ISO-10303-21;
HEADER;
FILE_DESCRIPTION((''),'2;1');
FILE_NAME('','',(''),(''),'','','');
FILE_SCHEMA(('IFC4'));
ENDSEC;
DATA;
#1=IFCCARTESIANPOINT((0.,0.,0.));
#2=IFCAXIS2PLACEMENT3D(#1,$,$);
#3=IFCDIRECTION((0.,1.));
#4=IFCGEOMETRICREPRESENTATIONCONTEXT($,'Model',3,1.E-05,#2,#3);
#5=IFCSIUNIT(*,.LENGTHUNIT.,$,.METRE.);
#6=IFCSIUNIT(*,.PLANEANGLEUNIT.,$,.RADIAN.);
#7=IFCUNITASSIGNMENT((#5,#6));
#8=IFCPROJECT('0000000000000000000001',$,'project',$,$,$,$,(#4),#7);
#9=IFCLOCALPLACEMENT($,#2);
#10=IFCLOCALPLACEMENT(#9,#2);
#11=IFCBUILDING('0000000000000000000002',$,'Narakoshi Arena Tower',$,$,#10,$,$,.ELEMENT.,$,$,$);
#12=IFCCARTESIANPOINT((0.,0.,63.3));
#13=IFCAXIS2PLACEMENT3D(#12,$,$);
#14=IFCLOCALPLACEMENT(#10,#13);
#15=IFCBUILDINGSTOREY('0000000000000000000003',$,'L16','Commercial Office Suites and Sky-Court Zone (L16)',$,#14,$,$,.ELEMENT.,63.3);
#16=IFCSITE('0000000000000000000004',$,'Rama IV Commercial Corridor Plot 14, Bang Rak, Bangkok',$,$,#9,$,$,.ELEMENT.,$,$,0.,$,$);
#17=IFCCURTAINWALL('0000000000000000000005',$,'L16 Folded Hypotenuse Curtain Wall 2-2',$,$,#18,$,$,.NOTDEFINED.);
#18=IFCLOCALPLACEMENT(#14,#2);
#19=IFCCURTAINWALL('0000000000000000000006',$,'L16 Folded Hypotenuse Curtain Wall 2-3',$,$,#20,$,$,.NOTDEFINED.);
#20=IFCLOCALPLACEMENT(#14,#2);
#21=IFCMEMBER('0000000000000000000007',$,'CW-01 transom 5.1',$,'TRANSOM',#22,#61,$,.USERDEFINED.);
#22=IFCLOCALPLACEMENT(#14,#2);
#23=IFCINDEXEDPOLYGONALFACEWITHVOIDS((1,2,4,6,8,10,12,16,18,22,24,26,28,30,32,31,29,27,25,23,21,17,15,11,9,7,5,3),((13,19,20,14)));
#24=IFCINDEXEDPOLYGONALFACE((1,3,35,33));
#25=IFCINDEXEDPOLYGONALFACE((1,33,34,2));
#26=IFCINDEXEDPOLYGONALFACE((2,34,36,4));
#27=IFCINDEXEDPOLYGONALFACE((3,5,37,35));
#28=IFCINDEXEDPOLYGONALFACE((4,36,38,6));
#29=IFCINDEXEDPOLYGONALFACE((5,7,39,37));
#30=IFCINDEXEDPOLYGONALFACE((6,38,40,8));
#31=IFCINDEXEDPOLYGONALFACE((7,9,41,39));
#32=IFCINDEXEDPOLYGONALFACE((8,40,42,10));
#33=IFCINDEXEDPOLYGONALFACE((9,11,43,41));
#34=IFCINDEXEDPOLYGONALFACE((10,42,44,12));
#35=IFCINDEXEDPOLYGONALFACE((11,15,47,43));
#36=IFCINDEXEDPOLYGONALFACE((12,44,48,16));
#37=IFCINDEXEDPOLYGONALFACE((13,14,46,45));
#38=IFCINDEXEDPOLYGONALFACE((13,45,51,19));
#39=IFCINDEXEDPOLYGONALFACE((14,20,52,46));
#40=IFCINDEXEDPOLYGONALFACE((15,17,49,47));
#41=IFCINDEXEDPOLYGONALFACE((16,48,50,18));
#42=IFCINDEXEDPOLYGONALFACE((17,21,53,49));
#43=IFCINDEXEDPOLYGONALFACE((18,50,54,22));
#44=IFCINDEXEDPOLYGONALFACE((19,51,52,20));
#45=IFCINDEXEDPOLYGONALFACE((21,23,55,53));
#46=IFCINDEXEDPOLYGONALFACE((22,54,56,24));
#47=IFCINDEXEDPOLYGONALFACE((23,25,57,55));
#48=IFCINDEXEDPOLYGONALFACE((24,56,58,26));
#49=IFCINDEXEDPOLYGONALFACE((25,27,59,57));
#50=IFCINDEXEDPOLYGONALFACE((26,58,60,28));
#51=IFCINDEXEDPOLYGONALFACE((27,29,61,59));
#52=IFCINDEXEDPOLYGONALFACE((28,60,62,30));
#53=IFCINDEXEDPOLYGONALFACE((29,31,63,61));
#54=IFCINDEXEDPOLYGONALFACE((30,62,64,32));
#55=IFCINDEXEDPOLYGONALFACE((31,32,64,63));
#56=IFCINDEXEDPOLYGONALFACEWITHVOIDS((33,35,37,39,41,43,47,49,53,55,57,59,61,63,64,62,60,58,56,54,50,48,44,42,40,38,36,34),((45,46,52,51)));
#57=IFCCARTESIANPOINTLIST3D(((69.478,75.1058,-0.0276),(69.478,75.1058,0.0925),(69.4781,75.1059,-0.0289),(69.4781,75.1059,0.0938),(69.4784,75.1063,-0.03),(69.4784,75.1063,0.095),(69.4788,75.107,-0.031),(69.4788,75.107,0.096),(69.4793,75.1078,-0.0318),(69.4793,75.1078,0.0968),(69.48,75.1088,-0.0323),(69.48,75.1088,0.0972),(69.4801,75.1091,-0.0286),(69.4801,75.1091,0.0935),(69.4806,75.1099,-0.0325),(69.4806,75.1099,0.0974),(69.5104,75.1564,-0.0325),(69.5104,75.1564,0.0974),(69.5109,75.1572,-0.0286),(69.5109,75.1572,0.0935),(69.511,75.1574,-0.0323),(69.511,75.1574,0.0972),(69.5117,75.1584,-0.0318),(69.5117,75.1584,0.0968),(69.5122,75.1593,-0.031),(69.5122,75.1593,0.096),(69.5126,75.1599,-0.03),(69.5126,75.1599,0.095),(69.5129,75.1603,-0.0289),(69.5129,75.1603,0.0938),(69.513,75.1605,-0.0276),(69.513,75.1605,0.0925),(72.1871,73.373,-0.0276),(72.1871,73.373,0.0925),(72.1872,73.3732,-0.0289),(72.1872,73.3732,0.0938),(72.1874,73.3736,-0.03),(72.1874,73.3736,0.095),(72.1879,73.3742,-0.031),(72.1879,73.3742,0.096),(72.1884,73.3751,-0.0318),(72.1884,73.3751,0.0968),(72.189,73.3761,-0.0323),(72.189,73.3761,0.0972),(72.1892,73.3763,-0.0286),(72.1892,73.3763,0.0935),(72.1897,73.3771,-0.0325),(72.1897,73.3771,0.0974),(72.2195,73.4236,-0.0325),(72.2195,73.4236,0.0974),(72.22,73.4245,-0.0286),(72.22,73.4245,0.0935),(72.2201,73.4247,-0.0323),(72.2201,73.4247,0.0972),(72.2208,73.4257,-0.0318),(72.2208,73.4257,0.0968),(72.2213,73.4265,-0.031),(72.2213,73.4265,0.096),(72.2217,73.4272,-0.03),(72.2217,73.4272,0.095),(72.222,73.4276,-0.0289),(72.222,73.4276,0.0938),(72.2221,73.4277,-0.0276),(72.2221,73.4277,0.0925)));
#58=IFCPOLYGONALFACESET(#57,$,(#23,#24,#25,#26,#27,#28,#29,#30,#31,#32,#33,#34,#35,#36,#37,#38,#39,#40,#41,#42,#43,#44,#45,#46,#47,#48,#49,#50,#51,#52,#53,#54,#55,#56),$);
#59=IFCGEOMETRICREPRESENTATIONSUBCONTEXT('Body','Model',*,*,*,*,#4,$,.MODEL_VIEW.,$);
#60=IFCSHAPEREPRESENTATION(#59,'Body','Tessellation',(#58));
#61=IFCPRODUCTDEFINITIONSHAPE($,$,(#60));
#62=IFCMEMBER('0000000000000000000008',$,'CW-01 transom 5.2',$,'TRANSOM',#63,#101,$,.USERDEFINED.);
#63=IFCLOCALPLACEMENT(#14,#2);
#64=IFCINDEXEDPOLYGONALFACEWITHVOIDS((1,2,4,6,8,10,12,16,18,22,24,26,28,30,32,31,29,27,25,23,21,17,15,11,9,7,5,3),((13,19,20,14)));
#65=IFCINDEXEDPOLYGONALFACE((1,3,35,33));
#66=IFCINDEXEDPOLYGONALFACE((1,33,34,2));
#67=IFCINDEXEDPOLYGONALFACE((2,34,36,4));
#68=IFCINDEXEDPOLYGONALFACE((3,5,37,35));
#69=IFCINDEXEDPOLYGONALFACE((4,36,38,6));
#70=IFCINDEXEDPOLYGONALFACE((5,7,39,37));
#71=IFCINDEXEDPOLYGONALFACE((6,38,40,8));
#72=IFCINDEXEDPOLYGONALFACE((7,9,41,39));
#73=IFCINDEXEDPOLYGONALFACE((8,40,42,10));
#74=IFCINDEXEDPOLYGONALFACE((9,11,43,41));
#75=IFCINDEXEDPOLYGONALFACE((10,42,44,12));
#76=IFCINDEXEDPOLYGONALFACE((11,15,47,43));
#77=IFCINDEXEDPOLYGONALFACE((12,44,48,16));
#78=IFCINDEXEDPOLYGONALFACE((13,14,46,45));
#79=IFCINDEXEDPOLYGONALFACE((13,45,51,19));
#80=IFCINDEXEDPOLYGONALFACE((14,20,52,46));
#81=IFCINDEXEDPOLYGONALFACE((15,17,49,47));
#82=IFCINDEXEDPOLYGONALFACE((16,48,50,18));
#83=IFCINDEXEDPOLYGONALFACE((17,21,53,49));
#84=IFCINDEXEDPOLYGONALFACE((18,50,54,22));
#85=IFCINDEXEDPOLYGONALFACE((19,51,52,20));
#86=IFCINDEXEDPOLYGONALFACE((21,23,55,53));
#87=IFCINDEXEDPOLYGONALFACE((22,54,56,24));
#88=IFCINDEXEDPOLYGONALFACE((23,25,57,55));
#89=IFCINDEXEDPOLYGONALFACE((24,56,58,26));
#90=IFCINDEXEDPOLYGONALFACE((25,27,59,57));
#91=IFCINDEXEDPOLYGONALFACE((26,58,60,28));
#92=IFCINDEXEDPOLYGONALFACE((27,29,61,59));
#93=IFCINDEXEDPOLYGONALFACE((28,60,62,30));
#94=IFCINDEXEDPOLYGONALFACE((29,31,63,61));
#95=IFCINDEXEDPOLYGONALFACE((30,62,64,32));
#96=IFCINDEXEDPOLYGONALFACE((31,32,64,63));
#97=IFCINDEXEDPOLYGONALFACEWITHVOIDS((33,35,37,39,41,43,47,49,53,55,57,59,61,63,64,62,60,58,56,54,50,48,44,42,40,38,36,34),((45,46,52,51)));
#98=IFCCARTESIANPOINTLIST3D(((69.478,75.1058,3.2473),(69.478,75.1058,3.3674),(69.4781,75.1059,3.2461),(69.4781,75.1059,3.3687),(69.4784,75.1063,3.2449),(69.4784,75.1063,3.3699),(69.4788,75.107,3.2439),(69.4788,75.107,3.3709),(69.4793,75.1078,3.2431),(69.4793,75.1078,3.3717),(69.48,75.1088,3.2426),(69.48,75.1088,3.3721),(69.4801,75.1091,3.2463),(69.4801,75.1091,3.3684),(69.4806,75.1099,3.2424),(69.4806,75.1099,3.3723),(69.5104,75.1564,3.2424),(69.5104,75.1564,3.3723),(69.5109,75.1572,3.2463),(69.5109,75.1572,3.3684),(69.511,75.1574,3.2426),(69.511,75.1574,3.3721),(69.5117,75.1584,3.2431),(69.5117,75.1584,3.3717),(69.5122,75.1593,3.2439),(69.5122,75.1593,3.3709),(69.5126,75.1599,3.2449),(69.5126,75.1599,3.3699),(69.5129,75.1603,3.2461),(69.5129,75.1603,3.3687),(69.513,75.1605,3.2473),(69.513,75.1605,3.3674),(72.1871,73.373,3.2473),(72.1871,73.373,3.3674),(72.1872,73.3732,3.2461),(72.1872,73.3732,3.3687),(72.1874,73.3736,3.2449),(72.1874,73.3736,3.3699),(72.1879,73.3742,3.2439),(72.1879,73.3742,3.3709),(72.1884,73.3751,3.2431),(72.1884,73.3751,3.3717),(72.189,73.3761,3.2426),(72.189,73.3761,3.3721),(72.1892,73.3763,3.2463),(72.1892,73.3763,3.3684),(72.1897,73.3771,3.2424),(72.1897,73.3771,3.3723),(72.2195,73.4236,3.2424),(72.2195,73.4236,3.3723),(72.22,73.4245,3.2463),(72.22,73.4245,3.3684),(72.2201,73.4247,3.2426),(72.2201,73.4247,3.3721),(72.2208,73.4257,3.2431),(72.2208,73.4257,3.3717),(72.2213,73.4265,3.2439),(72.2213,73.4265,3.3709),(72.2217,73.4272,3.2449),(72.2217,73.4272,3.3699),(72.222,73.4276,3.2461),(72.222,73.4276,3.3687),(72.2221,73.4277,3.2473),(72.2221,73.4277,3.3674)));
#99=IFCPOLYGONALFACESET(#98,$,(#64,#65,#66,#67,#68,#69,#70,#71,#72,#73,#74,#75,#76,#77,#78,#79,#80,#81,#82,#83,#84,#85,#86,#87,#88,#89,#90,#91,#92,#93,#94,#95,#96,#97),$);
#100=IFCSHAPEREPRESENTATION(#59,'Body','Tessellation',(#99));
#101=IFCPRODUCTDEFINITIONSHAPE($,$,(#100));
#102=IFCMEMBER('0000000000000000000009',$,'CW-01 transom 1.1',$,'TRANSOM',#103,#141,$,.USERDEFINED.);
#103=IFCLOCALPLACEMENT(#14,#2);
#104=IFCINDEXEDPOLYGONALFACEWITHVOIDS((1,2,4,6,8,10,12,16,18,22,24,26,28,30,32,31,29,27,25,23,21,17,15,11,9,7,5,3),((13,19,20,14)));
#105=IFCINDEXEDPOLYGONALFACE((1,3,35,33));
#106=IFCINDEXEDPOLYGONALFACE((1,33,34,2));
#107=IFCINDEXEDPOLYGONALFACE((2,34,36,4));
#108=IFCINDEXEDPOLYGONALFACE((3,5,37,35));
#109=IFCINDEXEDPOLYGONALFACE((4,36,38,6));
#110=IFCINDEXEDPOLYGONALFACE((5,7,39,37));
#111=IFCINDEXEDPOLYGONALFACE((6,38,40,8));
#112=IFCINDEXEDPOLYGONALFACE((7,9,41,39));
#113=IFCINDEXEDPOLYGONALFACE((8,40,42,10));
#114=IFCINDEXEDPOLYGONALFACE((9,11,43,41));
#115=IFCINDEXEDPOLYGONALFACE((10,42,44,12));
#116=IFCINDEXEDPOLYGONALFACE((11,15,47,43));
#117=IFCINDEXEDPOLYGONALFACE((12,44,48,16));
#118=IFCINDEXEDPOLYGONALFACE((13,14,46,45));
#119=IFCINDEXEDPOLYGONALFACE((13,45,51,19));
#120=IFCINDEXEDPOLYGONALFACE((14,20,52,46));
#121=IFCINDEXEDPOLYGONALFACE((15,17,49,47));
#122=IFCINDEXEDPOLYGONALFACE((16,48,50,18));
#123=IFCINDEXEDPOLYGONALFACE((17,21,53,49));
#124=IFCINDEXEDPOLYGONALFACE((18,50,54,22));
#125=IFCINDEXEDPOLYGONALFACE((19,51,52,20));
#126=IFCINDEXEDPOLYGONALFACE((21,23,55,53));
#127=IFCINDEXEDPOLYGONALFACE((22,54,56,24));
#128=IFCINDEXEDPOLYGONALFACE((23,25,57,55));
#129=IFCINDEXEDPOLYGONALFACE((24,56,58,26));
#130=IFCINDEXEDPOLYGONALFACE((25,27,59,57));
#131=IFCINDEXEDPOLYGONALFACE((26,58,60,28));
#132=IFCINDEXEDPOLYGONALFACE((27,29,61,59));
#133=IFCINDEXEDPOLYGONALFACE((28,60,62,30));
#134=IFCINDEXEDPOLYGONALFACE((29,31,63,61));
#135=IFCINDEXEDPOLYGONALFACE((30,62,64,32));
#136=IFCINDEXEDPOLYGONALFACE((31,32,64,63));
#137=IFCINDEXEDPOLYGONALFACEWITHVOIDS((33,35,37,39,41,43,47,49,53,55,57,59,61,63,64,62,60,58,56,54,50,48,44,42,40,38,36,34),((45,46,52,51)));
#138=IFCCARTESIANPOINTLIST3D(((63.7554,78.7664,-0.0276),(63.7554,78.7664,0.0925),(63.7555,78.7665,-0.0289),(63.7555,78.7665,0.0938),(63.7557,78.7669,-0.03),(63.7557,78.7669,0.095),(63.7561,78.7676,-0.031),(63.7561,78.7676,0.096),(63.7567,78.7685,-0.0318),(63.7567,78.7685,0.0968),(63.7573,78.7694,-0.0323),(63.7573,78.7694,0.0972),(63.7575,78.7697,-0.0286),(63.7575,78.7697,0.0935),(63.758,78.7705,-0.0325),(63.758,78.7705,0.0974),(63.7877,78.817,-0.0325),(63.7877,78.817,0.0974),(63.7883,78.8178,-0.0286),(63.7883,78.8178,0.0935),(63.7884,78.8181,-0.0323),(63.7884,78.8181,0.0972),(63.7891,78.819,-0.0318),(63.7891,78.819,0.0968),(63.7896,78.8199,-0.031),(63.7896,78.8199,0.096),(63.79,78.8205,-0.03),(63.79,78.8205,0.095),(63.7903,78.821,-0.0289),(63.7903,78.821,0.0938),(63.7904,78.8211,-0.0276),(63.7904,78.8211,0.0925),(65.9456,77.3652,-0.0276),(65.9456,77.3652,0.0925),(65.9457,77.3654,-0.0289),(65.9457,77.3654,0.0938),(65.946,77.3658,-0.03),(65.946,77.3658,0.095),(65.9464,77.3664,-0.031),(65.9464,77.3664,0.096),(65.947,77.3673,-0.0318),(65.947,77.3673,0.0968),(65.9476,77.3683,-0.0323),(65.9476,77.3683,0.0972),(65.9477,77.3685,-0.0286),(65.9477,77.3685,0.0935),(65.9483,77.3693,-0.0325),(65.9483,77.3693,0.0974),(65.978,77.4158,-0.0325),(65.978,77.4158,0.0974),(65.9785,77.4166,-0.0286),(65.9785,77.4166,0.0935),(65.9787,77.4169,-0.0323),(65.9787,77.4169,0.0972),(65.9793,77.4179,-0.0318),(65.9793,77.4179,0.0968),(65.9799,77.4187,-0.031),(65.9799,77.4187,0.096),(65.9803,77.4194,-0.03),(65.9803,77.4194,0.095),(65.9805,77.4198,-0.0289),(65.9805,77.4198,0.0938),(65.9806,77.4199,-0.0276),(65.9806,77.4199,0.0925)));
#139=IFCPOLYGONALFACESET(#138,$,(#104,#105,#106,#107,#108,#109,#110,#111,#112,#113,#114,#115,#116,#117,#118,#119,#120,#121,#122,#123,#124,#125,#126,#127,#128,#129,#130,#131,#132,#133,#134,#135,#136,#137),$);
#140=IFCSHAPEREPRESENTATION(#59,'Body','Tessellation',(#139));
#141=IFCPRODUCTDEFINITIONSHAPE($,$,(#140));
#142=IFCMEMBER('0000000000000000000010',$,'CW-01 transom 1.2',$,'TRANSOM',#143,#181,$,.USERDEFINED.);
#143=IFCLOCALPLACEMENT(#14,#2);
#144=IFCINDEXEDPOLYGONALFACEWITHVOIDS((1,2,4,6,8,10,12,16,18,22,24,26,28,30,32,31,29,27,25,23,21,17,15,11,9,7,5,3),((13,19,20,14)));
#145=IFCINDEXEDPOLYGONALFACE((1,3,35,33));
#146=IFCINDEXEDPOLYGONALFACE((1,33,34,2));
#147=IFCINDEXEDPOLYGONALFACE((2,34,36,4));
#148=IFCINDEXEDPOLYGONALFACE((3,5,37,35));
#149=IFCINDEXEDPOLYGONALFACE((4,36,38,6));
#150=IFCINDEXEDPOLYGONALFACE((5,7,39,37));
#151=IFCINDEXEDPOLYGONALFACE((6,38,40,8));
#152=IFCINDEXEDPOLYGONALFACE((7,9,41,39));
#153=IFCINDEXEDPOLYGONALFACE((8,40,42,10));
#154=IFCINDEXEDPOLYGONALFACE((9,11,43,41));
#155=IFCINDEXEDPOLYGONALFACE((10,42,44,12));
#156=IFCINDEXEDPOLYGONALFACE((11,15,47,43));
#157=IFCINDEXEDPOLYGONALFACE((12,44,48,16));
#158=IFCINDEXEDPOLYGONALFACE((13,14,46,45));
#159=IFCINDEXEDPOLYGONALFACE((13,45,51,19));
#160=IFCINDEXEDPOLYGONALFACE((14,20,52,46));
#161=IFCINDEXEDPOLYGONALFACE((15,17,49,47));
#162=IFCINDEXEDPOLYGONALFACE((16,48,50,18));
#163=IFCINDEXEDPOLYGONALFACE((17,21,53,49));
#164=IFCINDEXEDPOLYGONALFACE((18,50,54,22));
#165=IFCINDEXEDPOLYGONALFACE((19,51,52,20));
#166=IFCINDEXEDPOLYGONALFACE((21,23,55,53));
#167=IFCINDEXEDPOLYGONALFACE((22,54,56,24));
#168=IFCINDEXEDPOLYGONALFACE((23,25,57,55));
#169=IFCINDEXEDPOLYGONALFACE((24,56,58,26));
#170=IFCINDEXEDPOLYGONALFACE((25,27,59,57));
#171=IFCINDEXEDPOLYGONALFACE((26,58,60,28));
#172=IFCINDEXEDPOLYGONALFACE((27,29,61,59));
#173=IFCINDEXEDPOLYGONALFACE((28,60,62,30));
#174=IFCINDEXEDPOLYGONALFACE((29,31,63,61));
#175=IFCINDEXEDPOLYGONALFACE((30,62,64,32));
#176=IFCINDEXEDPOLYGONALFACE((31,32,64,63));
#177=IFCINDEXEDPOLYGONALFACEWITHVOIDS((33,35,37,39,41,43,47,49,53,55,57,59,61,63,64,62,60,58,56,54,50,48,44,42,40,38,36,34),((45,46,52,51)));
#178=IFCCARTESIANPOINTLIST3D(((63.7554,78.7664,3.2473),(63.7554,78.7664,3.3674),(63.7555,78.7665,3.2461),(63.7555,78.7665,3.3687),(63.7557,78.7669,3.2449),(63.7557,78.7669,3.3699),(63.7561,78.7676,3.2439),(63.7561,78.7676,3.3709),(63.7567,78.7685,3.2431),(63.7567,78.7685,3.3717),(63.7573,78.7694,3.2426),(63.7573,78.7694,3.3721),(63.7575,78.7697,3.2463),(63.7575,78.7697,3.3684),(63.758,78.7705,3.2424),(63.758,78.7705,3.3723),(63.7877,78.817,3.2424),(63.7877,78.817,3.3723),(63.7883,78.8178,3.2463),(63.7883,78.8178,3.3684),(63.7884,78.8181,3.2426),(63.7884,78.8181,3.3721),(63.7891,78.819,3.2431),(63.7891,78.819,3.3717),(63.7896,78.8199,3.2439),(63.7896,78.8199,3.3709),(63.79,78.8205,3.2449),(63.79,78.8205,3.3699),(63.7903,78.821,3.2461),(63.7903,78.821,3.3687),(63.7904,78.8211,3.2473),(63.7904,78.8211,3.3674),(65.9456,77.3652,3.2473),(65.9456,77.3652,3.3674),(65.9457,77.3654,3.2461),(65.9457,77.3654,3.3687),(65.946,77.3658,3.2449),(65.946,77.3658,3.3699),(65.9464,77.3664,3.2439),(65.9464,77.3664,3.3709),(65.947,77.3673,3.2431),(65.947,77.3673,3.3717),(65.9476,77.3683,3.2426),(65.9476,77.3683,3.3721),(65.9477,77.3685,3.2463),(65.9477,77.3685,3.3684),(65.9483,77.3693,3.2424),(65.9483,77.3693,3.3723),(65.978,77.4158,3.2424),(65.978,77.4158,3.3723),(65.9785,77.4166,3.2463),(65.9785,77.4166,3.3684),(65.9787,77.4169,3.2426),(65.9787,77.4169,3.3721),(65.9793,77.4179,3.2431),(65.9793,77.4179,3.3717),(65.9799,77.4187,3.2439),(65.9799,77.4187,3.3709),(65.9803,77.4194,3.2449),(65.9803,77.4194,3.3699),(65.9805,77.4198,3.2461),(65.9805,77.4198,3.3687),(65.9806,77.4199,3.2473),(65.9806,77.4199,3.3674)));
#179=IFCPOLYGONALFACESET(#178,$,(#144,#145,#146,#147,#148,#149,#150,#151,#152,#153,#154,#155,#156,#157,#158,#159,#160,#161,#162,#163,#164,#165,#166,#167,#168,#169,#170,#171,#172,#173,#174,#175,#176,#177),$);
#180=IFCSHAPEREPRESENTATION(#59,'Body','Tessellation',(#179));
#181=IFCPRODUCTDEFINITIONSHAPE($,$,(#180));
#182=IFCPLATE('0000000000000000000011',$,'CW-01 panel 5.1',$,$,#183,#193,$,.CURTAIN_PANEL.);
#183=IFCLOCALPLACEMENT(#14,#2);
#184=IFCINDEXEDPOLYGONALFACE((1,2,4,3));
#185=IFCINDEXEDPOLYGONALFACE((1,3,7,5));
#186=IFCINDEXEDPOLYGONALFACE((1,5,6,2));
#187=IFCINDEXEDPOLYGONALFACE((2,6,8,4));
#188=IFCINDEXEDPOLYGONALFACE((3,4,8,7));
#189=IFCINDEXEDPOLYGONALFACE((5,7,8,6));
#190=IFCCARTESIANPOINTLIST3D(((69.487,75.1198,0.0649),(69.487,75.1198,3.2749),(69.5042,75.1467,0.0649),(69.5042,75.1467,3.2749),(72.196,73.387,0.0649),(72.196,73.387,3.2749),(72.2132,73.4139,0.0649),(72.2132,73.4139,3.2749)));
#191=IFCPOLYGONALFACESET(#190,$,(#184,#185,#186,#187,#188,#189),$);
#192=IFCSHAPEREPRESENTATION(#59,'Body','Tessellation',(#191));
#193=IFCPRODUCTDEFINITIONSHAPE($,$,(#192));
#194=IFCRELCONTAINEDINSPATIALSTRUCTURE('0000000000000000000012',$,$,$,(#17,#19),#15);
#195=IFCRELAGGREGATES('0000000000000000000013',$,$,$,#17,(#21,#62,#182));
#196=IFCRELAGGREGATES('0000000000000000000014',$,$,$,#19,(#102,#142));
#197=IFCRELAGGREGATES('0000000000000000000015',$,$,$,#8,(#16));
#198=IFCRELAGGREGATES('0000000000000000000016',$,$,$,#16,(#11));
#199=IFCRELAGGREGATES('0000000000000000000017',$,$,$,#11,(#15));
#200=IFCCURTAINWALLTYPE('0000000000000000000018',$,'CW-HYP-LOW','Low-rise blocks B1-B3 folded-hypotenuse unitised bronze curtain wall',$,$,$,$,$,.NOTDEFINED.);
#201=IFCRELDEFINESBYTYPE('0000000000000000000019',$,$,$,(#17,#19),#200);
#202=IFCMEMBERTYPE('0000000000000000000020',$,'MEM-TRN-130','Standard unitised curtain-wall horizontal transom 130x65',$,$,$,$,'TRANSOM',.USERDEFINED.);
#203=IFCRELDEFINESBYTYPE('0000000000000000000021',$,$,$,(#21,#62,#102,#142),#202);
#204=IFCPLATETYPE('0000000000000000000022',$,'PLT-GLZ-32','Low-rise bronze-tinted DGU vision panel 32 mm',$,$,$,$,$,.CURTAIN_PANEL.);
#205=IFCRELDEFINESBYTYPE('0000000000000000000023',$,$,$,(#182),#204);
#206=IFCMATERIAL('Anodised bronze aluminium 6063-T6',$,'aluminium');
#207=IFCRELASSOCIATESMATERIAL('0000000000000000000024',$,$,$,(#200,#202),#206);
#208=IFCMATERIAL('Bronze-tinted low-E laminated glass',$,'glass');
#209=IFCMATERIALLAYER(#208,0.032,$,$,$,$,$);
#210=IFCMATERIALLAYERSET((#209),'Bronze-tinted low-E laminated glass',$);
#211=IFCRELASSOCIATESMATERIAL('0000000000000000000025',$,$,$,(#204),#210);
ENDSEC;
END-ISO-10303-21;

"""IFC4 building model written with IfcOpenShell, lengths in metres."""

from ifc_helpers import new_model, si_unit, direction, frame, origin, origin_2d, place, context, subcontext, project, spatial, rectangle, hollow_rectangle, extrude, material, layer, layer_set, material_profile, profile_set, type_object, element, aggregate, save


model = new_model("IFC4")

# Units and contexts
model_context = context("Model", 3, precision=1e-05, world=origin(), true_north=direction((0.0, 1.0)))
body_context = subcontext(model_context, "Body", "Model", "MODEL_VIEW")
ifc_project = project(units=[si_unit("LENGTHUNIT", "METRE"), si_unit("PLANEANGLEUNIT", "RADIAN")], contexts=[model_context])

# Site, building, storey
site_placement = place(None, origin())
site = spatial("IfcSite", under=ifc_project, at=site_placement, Name="Rama IV Commercial Corridor Plot 14, Bang Rak, Bangkok", CompositionType="ELEMENT", RefElevation=0.0)
building_placement = place(site_placement, origin())
building = spatial("IfcBuilding", under=site, at=building_placement, Name="Narakoshi Arena Tower", CompositionType="ELEMENT")
storey_placement = place(building_placement, frame((0.0, 0.0, 63.3)))
storey = spatial("IfcBuildingStorey", under=building, at=storey_placement, Name="L16", Description="Commercial Office Suites and Sky-Court Zone (L16)", CompositionType="ELEMENT", Elevation=63.3)

# Curtain wall
ifc_material_1 = material(Name="Anodised bronze aluminium 6063-T6", Category="aluminium")
curtain_wall_type = type_object("IfcCurtainWallType", Name="CW-HYP-LOW", Description="Low-rise blocks B1-B3 folded-hypotenuse unitised bronze curtain wall", PredefinedType="NOTDEFINED", material=ifc_material_1)
curtain_wall_1_placement = place(storey_placement, origin())
curtain_wall_1 = element("IfcCurtainWall", 1, at=curtain_wall_1_placement, inside=storey, type_object=curtain_wall_type, Name="L16 Folded Hypotenuse Curtain Wall 2-2", PredefinedType="NOTDEFINED")

# Curtain wall
curtain_wall_2_placement = place(storey_placement, origin())
curtain_wall_2 = element("IfcCurtainWall", 2, at=curtain_wall_2_placement, inside=storey, type_object=curtain_wall_type, Name="L16 Folded Hypotenuse Curtain Wall 2-3", PredefinedType="NOTDEFINED")

# Members
ifc_material_profile_1 = material_profile(ifc_material_1, hollow_rectangle(XDim=0.0649, YDim=0.1299, WallThickness=0.0039, OuterFilletRadius=0.0049, at=origin_2d()), Name="TRN130x65x4")
ifc_profile_set_1 = profile_set([ifc_material_profile_1], Name="Anodised bronze aluminium 6063-T6")
member_type_1 = type_object("IfcMemberType", Name="MEM-TRN-130", Description="Standard unitised curtain-wall horizontal transom 130x65", ElementType="TRANSOM", PredefinedType="USERDEFINED", material=ifc_profile_set_1)
member_1_placement = place(storey_placement, frame((72.2046, 73.4004, 0.0325), z_axis=(-0.842424, 0.538815, 0.0), x_axis=(-0.538815, -0.842424, 0.0)))
member_1 = element("IfcMember", 3, at=member_1_placement, type_object=member_type_1, Name="CW-01 transom 5.1", ObjectType="TRANSOM", PredefinedType="USERDEFINED", context=body_context, shape_type="SweptSolid", body=[
    extrude(hollow_rectangle(XDim=0.0649, YDim=0.1299, WallThickness=0.0039, OuterFilletRadius=0.0049, at=origin_2d()), origin(), (0.0, 0.0, 1.0), 3.2158),
])
member_2_placement = place(storey_placement, frame((72.2046, 73.4004, 3.3074), z_axis=(-0.842424, 0.538815, 0.0), x_axis=(-0.538815, -0.842424, 0.0)))
member_2 = element("IfcMember", 4, at=member_2_placement, type_object=member_type_1, Name="CW-01 transom 5.2", ObjectType="TRANSOM", PredefinedType="USERDEFINED", context=body_context, shape_type="SweptSolid", body=[
    extrude(hollow_rectangle(XDim=0.0649, YDim=0.1299, WallThickness=0.0039, OuterFilletRadius=0.0049, at=origin_2d()), origin(), (0.0, 0.0, 1.0), 3.2158),
])
member_3_placement = place(storey_placement, frame((65.9631, 77.3926, 0.0325), z_axis=(-0.842375, 0.538891, 0.0), x_axis=(-0.538891, -0.842375, 0.0)))
member_3 = element("IfcMember", 5, at=member_3_placement, type_object=member_type_1, Name="CW-01 transom 1.1", ObjectType="TRANSOM", PredefinedType="USERDEFINED", context=body_context, shape_type="SweptSolid", body=[
    extrude(hollow_rectangle(XDim=0.0649, YDim=0.1299, WallThickness=0.0039, OuterFilletRadius=0.0049, at=origin_2d()), origin(), (0.0, 0.0, 1.0), 2.6001),
])
member_4_placement = place(storey_placement, frame((65.9631, 77.3926, 3.3074), z_axis=(-0.842375, 0.538891, 0.0), x_axis=(-0.538891, -0.842375, 0.0)))
member_4 = element("IfcMember", 6, at=member_4_placement, type_object=member_type_1, Name="CW-01 transom 1.2", ObjectType="TRANSOM", PredefinedType="USERDEFINED", context=body_context, shape_type="SweptSolid", body=[
    extrude(hollow_rectangle(XDim=0.0649, YDim=0.1299, WallThickness=0.0039, OuterFilletRadius=0.0049, at=origin_2d()), origin(), (0.0, 0.0, 1.0), 2.6001),
])

# Plate
ifc_material_2 = material(Name="Bronze-tinted low-E laminated glass", Category="glass")
ifc_layer_1 = layer(ifc_material_2, 0.032)
ifc_layer_set_1 = layer_set([ifc_layer_1], Name="Bronze-tinted low-E laminated glass")
plate_type = type_object("IfcPlateType", Name="PLT-GLZ-32", Description="Low-rise bronze-tinted DGU vision panel 32 mm", PredefinedType="CURTAIN_PANEL", material=ifc_layer_set_1)
plate_1_placement = place(storey_placement, frame((70.8501, 74.2668, 0.0649), z_axis=(0.0, 0.0, 1.0), x_axis=(-0.842415, 0.538829, 0.0)))
plate_1 = element("IfcPlate", 7, at=plate_1_placement, type_object=plate_type, Name="CW-01 panel 5.1", PredefinedType="CURTAIN_PANEL", context=body_context, shape_type="SweptSolid", body=[
    extrude(rectangle(XDim=3.2158, YDim=0.032, at=origin_2d()), origin(), (0.0, 0.0, 1.0), 3.21),
])
aggregate(curtain_wall_1, [member_1, member_2, plate_1])
aggregate(curtain_wall_2, [member_3, member_4])

save(model, "model.ifc")
